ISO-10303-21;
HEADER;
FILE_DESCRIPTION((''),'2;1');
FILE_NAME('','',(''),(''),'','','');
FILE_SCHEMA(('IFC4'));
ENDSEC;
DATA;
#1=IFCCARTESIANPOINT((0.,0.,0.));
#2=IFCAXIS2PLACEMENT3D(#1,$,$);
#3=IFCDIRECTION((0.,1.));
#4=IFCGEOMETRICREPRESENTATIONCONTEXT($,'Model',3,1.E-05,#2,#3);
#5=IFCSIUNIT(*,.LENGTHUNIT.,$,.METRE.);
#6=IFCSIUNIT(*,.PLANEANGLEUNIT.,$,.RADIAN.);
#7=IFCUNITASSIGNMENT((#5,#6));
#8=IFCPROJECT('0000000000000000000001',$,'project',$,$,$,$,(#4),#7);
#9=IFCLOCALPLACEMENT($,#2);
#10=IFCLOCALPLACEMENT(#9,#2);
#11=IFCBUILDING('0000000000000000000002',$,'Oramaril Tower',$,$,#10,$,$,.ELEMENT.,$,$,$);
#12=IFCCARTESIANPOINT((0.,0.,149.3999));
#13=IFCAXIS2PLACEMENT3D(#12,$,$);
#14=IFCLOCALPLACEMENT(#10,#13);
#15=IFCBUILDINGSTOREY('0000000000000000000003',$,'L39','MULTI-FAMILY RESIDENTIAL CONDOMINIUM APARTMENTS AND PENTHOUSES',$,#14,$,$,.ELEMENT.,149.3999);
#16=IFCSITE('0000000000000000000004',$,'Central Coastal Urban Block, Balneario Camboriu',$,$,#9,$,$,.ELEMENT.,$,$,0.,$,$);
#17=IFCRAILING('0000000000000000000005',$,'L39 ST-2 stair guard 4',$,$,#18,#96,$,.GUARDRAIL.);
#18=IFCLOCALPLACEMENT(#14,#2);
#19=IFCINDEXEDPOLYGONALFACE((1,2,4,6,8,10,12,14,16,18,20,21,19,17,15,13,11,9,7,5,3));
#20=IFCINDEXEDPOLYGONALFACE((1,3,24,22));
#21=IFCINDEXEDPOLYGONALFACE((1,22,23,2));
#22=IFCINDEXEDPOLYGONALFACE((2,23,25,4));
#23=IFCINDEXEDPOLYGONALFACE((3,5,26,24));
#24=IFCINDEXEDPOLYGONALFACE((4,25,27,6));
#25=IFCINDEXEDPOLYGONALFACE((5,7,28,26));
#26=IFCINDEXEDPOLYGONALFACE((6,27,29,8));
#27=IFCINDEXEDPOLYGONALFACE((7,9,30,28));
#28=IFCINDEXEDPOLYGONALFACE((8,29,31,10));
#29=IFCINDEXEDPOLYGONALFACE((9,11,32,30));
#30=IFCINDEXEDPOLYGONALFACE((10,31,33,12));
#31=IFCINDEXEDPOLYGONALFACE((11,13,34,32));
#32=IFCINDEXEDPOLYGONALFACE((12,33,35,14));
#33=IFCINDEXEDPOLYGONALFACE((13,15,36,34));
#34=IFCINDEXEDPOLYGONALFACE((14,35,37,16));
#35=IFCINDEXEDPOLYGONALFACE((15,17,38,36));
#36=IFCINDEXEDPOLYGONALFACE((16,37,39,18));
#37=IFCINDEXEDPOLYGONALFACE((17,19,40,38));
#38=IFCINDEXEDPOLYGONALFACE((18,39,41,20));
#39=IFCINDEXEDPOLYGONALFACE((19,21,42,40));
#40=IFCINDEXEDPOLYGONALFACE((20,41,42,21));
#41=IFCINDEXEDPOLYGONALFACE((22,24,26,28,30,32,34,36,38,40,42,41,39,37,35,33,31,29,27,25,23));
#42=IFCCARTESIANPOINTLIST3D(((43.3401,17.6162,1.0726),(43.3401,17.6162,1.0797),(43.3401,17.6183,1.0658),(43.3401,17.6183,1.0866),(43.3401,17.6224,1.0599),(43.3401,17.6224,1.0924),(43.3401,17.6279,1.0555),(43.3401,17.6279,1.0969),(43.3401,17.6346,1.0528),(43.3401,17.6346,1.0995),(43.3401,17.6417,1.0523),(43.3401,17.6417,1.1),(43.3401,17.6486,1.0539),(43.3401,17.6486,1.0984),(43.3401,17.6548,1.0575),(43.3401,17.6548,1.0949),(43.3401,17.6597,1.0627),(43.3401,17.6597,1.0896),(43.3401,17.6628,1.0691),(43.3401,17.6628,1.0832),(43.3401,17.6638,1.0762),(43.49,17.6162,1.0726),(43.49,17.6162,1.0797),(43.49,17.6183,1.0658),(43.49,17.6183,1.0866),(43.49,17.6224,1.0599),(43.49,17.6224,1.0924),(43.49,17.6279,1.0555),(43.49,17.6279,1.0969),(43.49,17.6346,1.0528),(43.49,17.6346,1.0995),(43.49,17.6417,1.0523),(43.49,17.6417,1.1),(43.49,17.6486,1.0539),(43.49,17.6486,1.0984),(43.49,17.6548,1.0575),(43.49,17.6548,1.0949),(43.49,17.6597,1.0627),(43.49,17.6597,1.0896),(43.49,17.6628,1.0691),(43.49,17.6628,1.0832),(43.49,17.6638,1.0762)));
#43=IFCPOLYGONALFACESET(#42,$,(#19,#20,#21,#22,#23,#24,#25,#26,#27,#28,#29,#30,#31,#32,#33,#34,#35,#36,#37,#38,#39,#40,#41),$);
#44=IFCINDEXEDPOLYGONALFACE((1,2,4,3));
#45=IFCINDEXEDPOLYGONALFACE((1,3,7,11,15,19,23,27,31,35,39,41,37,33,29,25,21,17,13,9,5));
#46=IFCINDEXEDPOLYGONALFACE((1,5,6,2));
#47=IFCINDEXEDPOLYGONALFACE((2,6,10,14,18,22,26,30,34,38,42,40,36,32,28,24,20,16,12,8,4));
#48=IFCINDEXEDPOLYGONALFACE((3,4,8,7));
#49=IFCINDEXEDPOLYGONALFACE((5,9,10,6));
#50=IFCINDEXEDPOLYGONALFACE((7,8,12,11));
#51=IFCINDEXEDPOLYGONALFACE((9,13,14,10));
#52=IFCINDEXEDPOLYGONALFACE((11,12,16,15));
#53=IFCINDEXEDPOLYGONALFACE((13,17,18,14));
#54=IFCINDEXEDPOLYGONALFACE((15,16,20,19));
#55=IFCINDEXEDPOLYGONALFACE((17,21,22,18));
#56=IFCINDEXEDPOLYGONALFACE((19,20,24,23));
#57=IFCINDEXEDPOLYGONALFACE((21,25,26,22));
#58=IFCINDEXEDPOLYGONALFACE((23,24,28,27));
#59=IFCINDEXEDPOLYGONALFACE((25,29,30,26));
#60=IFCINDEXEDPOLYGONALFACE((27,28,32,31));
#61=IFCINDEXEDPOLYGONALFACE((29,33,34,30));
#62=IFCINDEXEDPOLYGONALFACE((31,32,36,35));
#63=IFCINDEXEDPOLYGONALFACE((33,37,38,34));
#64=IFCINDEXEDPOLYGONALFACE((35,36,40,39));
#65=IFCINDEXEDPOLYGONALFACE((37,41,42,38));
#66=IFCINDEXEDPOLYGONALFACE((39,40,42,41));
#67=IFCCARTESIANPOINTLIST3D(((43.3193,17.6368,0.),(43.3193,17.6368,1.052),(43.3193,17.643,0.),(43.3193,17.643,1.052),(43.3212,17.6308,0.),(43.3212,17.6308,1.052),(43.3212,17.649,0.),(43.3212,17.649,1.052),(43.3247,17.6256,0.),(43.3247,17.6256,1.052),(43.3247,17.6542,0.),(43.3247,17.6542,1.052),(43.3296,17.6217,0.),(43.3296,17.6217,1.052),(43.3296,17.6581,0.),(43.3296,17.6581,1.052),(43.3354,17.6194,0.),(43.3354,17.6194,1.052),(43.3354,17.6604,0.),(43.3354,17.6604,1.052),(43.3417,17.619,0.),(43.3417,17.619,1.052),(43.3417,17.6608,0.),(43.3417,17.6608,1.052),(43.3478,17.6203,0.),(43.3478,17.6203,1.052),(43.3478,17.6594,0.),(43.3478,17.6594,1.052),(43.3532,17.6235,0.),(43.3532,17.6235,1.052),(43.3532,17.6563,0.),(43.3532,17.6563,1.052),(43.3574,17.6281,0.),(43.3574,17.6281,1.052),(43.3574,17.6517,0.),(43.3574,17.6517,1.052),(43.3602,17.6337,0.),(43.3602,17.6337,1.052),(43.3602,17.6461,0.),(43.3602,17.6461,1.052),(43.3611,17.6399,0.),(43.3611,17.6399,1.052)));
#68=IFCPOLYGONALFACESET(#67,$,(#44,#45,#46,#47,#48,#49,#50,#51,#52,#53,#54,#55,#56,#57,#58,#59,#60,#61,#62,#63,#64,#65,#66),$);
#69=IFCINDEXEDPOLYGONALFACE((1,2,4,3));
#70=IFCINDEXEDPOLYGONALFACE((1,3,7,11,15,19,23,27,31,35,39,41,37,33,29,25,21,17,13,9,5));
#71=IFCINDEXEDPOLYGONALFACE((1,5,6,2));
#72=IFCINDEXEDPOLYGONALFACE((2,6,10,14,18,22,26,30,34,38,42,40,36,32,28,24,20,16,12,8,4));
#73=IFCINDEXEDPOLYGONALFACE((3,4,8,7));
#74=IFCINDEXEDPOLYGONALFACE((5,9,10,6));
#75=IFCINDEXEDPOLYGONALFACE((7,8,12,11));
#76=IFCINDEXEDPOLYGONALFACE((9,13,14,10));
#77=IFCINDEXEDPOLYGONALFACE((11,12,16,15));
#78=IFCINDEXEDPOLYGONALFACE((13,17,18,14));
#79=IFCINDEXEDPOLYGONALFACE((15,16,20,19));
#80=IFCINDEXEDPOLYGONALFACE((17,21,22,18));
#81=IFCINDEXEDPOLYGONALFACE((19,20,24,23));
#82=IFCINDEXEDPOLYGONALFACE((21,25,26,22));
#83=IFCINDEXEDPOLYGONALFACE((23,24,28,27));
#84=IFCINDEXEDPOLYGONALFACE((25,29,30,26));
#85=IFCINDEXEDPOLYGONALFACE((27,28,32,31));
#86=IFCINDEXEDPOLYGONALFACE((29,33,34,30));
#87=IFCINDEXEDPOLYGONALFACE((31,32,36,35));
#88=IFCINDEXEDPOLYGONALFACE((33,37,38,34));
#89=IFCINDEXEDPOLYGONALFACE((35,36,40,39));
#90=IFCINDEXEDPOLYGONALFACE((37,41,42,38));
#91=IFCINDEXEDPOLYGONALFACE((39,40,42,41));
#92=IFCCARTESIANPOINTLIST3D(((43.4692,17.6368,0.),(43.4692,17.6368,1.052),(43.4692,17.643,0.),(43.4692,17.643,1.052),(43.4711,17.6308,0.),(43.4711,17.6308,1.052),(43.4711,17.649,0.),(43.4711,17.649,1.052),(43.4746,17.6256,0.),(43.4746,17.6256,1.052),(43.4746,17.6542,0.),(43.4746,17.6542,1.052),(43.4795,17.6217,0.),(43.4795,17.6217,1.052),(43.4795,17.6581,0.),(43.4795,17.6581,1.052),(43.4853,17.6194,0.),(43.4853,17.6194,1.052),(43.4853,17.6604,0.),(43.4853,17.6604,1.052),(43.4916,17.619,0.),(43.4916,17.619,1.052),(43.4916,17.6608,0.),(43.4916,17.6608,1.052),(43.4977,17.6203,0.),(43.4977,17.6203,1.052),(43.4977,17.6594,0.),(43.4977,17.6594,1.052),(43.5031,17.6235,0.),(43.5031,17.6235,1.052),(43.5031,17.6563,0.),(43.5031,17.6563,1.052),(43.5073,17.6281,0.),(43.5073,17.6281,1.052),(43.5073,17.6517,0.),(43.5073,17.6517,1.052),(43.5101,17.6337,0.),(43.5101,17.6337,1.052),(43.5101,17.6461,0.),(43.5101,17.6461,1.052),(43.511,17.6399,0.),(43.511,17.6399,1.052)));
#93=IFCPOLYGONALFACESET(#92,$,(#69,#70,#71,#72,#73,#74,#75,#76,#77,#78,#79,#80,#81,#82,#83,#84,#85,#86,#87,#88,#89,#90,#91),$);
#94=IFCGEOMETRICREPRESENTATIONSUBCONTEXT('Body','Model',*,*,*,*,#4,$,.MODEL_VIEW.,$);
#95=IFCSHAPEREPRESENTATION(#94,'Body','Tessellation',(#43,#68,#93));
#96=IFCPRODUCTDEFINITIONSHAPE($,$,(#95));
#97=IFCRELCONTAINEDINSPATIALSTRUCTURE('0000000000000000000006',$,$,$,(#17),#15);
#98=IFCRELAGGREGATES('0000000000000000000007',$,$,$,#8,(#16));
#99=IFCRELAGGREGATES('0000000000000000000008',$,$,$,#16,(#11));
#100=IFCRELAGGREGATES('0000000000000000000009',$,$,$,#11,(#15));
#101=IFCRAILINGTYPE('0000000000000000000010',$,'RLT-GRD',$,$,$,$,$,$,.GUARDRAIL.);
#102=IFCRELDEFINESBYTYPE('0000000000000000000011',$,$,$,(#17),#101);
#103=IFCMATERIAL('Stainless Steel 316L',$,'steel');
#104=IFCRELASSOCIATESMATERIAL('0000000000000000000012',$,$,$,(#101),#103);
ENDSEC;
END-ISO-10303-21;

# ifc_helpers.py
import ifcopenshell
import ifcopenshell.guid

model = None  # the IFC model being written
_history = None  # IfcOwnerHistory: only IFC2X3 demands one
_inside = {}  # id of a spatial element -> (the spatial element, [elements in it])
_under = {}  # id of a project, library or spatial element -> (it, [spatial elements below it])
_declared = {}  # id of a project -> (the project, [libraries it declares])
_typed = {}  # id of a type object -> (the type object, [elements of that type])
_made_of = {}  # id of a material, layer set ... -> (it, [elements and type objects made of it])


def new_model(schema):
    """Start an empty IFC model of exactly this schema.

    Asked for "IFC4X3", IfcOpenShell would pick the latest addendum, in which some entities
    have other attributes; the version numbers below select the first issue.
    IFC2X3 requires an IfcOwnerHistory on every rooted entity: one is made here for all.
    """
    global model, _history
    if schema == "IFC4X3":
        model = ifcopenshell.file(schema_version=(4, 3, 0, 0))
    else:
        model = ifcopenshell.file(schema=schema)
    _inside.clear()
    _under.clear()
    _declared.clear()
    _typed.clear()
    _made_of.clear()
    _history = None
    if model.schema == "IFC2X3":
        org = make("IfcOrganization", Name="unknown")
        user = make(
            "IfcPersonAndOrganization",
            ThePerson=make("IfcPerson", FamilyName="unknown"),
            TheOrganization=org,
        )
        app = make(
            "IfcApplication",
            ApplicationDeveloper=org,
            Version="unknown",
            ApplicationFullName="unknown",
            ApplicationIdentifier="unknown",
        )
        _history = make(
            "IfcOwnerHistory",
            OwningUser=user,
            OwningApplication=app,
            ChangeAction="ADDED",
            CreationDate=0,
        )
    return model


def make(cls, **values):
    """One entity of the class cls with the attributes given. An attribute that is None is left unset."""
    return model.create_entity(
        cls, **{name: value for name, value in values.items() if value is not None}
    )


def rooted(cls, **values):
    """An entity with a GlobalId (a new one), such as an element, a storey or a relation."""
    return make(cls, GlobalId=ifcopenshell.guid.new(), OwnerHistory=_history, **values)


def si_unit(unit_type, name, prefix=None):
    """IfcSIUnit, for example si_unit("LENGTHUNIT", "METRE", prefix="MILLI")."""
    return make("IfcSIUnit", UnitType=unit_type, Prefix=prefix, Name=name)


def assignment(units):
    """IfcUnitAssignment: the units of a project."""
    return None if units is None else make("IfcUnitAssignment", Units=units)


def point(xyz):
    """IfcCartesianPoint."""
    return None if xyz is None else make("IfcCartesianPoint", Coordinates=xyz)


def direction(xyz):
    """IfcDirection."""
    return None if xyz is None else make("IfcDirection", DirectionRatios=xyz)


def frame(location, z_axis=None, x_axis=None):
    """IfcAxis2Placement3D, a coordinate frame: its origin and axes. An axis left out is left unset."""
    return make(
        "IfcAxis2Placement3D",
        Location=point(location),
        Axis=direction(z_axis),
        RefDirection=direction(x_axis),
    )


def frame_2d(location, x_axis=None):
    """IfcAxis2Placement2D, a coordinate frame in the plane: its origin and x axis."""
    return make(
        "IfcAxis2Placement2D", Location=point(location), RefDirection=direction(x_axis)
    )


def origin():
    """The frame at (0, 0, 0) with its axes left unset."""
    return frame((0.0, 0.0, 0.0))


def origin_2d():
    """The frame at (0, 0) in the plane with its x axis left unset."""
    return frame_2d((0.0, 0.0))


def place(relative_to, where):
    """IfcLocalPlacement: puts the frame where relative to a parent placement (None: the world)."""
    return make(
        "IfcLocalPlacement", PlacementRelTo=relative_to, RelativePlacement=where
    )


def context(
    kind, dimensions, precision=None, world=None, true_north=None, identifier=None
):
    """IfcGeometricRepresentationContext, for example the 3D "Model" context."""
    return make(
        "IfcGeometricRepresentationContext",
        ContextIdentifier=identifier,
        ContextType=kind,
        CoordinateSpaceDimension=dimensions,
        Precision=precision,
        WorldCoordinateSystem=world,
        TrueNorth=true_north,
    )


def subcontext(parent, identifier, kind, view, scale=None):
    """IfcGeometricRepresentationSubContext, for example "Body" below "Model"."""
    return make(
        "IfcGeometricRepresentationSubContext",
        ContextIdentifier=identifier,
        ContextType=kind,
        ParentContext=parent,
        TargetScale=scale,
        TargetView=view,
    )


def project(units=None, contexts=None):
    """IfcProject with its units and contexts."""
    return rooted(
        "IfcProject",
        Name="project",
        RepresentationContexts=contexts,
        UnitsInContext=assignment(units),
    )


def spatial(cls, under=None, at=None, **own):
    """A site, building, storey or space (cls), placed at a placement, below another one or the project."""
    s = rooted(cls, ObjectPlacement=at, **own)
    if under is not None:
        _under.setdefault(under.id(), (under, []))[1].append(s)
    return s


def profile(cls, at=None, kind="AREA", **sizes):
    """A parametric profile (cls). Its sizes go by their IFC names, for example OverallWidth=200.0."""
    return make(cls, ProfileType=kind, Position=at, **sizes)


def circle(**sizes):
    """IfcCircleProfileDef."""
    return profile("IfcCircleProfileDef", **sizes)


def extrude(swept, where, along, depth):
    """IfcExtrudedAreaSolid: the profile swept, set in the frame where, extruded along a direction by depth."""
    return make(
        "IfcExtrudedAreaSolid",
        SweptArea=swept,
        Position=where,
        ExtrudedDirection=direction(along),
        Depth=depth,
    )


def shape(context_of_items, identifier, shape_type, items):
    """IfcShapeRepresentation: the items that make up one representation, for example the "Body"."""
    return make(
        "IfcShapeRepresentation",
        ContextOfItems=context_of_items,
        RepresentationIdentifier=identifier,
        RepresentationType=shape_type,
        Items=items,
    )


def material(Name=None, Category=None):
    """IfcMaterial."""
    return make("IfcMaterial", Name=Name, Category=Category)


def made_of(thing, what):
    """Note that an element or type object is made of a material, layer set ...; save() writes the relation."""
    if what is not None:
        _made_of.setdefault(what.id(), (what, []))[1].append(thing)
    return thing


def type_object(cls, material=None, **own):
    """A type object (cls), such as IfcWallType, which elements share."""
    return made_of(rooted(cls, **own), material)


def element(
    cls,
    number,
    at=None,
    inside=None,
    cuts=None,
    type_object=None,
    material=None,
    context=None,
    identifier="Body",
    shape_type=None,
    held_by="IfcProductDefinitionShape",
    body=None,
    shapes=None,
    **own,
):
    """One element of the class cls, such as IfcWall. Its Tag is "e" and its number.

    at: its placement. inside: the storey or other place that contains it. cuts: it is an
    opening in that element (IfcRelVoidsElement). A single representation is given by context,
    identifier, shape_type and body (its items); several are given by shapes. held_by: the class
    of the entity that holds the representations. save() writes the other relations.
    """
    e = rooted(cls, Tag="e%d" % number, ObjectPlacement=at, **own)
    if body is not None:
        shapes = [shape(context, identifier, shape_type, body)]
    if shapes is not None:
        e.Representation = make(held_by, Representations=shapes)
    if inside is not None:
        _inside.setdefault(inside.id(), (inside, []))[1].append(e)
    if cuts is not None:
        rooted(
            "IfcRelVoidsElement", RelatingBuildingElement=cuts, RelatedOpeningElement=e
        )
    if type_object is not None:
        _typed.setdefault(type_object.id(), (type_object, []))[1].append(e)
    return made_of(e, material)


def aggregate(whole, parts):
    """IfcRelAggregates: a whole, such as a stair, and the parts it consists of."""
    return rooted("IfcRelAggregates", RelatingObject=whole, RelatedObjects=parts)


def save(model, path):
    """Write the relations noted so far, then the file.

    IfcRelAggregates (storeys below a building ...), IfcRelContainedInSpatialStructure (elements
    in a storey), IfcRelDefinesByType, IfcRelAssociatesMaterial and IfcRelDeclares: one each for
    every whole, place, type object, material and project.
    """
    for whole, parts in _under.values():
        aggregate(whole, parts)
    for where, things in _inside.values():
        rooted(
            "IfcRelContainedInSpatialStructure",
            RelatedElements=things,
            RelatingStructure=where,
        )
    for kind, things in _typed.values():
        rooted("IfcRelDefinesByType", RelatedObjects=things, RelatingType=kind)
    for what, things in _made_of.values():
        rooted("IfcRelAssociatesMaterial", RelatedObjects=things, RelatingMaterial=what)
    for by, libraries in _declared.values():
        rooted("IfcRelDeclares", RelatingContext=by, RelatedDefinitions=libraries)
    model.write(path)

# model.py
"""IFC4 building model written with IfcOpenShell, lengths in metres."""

from ifc_helpers import new_model, si_unit, direction, frame, origin, origin_2d, place, context, subcontext, project, spatial, circle, extrude, material, type_object, element, save


model = new_model("IFC4")

# Units and contexts
model_context = context("Model", 3, precision=1e-05, world=origin(), true_north=direction((0.0, 1.0)))
body_context = subcontext(model_context, "Body", "Model", "MODEL_VIEW")
ifc_project = project(units=[si_unit("LENGTHUNIT", "METRE"), si_unit("PLANEANGLEUNIT", "RADIAN")], contexts=[model_context])

# Site, building, storey
site_placement = place(None, origin())
site = spatial("IfcSite", under=ifc_project, at=site_placement, Name="Central Coastal Urban Block, Balneario Camboriu", CompositionType="ELEMENT", RefElevation=0.0)
building_placement = place(site_placement, origin())
building = spatial("IfcBuilding", under=site, at=building_placement, Name="Oramaril Tower", CompositionType="ELEMENT")
storey_placement = place(building_placement, frame((0.0, 0.0, 149.3999)))
storey = spatial("IfcBuildingStorey", under=building, at=storey_placement, Name="L39", Description="MULTI-FAMILY RESIDENTIAL CONDOMINIUM APARTMENTS AND PENTHOUSES", CompositionType="ELEMENT", Elevation=149.3999)

# Railing
ifc_material_1 = material(Name="Stainless Steel 316L", Category="steel")
railing_type_1 = type_object("IfcRailingType", Name="RLT-GRD", PredefinedType="GUARDRAIL", material=ifc_material_1)
railing_1_placement = place(storey_placement, frame((43.3401, 17.6399, 0.0)))
element("IfcRailing", 1, at=railing_1_placement, inside=storey, type_object=railing_type_1, Name="L39 ST-2 stair guard 4", PredefinedType="GUARDRAIL", context=body_context, shape_type="SweptSolid", body=[
    extrude(circle(Radius=0.0239, at=origin_2d()), frame((0.0, 0.0, 1.0762), z_axis=(1.0, 0.0, 0.0), x_axis=(0.0, 1.0, 0.0)), (0.0, 0.0, 1.0), 0.1499),
    extrude(circle(Radius=0.021, at=origin_2d()), origin(), (0.0, 0.0, 1.0), 1.052),
    extrude(circle(Radius=0.021, at=origin_2d()), frame((0.1499, 0.0, 0.0)), (0.0, 0.0, 1.0), 1.052),
])

save(model, "model.ifc")
